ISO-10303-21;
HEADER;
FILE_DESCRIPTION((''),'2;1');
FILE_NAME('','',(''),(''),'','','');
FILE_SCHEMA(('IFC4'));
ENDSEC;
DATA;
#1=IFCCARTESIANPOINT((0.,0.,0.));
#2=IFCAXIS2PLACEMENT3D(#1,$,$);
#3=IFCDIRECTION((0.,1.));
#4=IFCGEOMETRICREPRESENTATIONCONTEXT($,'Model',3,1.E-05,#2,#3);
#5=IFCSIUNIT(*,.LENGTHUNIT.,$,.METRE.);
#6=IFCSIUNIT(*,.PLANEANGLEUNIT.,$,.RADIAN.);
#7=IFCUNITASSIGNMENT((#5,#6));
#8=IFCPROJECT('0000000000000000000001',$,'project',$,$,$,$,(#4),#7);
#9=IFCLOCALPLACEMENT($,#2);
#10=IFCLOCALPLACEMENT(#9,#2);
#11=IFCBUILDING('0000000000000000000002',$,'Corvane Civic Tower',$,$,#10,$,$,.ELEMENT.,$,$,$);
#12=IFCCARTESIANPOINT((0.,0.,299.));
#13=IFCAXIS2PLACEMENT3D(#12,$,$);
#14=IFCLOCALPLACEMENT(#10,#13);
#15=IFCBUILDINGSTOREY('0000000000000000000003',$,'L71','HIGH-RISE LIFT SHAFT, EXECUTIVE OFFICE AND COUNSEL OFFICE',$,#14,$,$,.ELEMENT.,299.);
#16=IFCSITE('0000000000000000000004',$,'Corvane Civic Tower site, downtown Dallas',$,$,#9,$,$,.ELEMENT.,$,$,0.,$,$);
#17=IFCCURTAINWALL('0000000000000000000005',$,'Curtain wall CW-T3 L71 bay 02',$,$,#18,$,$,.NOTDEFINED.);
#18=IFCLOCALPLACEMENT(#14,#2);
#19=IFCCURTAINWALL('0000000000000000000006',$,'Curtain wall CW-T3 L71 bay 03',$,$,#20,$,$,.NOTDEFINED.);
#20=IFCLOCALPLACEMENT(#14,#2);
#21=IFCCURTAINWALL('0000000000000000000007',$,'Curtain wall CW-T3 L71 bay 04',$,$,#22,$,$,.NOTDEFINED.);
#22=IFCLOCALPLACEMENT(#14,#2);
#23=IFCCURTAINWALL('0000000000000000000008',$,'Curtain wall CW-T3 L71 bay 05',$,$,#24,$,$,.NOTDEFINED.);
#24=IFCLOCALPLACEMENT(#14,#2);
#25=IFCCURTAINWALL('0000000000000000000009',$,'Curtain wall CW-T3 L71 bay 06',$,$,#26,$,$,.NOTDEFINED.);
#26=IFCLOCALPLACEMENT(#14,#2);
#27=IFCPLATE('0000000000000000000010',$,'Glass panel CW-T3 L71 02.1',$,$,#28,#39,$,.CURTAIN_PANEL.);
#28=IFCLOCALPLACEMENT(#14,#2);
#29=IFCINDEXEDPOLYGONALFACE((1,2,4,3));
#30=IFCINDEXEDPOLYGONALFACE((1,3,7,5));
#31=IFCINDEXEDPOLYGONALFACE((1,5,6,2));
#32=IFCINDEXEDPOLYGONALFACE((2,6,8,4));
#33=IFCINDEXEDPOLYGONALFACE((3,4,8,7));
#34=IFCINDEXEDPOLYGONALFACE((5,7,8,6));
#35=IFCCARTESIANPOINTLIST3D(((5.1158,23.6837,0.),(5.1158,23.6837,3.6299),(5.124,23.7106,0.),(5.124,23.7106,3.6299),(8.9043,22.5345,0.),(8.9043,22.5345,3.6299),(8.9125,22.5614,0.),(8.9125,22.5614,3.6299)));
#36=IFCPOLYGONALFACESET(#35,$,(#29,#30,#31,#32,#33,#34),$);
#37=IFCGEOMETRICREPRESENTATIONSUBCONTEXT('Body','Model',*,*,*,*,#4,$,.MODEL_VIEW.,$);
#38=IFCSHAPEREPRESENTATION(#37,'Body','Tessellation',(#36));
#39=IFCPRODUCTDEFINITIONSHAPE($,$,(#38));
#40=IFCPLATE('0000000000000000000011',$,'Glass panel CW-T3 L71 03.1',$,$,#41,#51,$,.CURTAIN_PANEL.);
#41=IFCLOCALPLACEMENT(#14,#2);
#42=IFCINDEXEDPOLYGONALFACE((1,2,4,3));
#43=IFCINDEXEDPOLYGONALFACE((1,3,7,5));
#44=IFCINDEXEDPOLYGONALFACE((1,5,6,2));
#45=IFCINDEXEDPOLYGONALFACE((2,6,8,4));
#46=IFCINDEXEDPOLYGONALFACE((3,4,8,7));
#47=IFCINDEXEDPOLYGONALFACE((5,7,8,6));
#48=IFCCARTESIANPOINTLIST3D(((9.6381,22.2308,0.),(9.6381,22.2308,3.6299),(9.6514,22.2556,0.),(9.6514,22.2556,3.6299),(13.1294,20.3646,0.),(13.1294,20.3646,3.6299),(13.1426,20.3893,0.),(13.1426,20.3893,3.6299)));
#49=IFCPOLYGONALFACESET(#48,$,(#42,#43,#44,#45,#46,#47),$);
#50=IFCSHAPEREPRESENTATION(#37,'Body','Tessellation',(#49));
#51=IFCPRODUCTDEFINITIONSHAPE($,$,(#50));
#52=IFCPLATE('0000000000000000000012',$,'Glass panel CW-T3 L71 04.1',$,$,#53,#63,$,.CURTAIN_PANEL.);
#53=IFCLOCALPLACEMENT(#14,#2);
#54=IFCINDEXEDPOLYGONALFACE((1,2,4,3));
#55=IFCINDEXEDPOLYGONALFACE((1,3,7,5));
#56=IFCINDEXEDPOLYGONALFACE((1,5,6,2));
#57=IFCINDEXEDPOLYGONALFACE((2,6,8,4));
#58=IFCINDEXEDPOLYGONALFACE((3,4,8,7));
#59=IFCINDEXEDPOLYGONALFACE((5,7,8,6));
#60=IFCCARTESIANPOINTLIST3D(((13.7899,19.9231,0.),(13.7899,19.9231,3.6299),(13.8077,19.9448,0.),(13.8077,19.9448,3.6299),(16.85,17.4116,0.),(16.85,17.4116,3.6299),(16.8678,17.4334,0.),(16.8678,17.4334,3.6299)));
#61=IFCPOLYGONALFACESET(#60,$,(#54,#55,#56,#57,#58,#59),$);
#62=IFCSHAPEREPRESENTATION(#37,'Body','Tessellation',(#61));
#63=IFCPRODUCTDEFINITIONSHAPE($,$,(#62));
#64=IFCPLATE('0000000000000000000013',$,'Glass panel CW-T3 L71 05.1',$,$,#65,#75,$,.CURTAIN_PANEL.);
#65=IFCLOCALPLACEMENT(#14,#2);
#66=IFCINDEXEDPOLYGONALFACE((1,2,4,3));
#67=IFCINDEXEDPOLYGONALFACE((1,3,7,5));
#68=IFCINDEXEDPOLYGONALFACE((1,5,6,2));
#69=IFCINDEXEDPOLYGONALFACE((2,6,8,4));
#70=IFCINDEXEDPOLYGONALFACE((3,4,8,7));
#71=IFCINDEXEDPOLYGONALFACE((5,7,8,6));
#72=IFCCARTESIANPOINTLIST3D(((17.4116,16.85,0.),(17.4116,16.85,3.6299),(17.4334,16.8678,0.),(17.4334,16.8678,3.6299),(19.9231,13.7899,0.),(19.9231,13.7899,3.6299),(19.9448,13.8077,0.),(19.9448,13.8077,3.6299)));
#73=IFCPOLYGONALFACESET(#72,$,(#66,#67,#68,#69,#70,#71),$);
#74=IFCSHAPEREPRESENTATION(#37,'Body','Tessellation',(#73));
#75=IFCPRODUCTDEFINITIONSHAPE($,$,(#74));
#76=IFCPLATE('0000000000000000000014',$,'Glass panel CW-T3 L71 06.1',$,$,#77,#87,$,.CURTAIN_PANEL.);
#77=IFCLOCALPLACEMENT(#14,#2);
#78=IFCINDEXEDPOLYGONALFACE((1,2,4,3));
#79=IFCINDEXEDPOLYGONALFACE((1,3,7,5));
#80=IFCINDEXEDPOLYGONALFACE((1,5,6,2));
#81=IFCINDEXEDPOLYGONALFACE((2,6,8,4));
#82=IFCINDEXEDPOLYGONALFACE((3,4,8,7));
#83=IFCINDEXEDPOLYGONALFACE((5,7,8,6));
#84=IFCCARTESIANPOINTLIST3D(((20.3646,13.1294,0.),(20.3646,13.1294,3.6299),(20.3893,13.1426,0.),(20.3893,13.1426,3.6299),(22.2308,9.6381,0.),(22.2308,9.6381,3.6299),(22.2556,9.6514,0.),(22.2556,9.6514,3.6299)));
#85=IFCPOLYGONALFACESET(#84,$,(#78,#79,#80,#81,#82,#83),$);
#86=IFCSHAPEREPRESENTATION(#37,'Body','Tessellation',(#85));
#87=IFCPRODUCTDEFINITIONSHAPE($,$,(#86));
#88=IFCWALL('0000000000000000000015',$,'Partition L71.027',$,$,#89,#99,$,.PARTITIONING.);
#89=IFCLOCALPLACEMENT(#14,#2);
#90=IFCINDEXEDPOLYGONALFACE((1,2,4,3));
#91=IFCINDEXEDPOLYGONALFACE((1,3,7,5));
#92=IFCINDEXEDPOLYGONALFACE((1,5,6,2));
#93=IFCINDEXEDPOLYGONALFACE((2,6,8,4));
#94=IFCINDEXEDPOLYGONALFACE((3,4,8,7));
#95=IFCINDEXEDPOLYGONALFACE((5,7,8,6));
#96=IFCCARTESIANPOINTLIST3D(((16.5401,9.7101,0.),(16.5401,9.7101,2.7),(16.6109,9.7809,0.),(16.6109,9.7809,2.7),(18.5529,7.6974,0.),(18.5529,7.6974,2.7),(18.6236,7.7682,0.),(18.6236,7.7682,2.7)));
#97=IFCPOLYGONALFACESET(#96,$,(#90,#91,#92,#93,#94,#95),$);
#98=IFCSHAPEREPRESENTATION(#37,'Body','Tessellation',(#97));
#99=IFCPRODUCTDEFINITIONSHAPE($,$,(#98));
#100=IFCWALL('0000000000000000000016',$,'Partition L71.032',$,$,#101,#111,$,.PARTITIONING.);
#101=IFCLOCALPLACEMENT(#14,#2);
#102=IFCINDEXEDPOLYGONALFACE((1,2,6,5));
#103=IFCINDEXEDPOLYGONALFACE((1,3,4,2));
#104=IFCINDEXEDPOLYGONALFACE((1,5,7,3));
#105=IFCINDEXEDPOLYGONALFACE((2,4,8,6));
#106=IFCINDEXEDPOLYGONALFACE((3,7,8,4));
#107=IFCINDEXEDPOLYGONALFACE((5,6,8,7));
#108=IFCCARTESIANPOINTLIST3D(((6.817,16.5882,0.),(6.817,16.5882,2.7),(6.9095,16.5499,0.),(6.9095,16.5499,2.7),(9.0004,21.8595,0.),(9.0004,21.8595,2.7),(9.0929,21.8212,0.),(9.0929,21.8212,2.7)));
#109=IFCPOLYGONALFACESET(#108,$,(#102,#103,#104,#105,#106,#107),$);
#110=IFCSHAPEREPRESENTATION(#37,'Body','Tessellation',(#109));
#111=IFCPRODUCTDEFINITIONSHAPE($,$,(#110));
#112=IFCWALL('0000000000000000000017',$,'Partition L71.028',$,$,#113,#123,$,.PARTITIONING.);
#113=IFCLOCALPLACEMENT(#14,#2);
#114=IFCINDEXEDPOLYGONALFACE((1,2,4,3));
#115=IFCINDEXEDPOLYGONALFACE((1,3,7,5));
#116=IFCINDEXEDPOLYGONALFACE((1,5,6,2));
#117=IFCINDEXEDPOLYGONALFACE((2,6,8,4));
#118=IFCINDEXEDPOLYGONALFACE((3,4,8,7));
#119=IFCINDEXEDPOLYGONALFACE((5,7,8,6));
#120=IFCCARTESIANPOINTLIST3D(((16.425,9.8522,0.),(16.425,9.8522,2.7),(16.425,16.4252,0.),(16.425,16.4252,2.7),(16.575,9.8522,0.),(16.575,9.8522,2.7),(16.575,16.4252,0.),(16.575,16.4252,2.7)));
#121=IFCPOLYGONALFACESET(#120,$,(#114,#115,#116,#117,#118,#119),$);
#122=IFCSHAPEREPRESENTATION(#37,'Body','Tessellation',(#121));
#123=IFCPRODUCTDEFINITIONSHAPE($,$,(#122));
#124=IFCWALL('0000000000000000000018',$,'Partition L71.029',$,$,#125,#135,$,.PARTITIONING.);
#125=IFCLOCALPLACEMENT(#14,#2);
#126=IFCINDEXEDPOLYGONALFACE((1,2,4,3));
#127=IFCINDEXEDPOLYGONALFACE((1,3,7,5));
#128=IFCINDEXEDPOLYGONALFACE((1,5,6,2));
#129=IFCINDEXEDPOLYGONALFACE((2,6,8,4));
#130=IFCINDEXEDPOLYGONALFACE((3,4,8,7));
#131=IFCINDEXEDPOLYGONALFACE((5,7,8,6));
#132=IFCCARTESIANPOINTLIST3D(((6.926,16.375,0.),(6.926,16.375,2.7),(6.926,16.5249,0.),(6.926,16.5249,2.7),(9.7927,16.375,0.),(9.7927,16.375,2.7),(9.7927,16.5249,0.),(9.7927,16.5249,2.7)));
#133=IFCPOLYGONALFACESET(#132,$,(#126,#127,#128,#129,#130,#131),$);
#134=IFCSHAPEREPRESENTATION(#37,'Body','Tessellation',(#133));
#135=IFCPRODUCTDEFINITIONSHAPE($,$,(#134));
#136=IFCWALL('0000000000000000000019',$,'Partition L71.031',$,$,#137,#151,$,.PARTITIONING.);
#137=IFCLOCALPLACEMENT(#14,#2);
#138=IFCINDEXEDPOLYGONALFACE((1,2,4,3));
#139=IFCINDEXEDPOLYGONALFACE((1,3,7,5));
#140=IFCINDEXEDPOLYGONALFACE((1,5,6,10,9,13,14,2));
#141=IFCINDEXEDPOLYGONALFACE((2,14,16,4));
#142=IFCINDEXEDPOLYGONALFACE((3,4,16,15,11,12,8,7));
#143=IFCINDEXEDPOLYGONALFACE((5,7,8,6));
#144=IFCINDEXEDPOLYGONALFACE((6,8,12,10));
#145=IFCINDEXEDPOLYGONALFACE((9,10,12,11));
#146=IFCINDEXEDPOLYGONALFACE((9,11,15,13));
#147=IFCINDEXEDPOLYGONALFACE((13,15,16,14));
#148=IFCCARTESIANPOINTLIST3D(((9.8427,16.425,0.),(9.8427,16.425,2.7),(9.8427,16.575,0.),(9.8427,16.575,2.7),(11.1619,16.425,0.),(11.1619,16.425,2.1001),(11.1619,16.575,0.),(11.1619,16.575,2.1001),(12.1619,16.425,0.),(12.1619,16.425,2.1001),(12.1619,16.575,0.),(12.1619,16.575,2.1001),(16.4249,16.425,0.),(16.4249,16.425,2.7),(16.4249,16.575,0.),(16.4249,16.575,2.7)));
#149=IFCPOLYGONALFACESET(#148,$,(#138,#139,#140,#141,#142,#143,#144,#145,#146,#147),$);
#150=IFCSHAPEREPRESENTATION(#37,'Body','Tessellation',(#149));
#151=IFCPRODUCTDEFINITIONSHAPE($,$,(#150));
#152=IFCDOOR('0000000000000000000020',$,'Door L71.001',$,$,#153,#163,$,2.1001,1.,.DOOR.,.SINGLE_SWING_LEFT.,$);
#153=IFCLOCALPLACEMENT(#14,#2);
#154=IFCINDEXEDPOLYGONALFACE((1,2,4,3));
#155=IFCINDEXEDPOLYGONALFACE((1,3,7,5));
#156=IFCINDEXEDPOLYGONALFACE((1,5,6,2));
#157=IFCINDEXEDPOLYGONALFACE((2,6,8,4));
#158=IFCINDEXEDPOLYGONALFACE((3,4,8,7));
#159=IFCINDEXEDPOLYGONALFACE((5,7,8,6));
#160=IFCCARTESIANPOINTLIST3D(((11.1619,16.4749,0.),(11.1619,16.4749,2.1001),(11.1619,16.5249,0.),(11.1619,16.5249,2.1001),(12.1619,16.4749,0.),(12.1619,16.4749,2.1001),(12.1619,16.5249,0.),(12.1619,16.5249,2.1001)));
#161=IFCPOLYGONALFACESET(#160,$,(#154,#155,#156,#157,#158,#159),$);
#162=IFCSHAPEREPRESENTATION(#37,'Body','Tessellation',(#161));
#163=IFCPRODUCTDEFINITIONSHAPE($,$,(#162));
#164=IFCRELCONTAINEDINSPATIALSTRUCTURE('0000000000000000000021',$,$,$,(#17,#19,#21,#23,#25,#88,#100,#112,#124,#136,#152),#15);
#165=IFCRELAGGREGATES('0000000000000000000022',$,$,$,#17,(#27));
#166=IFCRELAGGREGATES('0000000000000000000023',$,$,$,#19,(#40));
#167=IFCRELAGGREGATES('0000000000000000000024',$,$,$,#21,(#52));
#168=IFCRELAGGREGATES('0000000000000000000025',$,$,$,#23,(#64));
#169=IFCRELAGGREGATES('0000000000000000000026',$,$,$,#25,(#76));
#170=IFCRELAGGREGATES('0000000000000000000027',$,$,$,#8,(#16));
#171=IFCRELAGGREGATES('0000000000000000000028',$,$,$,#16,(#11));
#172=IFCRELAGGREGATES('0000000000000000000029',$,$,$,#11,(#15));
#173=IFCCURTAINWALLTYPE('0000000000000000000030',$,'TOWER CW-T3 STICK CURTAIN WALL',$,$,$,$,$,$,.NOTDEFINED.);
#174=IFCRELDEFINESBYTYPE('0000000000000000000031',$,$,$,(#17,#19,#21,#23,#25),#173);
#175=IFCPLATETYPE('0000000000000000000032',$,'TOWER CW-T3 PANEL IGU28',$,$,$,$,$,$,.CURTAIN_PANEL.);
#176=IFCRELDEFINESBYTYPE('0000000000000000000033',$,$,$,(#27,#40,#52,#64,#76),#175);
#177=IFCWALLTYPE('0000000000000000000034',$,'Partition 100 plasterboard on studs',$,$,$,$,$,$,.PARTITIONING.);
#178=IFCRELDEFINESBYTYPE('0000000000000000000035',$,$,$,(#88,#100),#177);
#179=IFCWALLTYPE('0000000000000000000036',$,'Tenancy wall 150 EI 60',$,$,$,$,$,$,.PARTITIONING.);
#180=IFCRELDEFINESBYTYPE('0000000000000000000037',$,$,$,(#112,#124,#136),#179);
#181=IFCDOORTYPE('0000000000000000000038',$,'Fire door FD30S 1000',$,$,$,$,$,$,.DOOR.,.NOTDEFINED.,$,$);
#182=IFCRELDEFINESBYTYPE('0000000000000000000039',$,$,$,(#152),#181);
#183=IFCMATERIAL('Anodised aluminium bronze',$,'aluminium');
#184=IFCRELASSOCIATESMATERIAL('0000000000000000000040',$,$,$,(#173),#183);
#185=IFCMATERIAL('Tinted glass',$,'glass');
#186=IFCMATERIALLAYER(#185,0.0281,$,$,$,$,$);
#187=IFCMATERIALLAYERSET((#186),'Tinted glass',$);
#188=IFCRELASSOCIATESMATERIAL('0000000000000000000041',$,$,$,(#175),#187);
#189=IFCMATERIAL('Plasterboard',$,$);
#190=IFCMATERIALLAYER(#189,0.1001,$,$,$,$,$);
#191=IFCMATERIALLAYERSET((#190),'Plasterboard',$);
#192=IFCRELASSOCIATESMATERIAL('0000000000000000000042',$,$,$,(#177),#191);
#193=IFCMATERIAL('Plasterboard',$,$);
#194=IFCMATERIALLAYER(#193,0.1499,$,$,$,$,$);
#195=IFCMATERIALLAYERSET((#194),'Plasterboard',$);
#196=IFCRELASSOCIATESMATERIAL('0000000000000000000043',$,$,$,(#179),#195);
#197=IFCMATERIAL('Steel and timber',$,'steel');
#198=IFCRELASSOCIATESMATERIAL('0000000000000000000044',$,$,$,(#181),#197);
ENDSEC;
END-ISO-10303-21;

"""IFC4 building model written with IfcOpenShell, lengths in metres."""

from ifc_helpers import new_model, si_unit, direction, frame, frame_2d, origin, origin_2d, place, context, subcontext, project, spatial, rectangle, extrude, material, layer, layer_set, type_object, element, fill, aggregate, save


model = new_model("IFC4")

# Units and contexts
model_context = context("Model", 3, precision=1e-05, world=origin(), true_north=direction((0.0, 1.0)))
body_context = subcontext(model_context, "Body", "Model", "MODEL_VIEW")
ifc_project = project(units=[si_unit("LENGTHUNIT", "METRE"), si_unit("PLANEANGLEUNIT", "RADIAN")], contexts=[model_context])

# Site, building, storey
site_placement = place(None, origin())
site = spatial("IfcSite", under=ifc_project, at=site_placement, Name="Corvane Civic Tower site, downtown Dallas", CompositionType="ELEMENT", RefElevation=0.0)
building_placement = place(site_placement, origin())
building = spatial("IfcBuilding", under=site, at=building_placement, Name="Corvane Civic Tower", CompositionType="ELEMENT")
storey_placement = place(building_placement, frame((0.0, 0.0, 299.0)))
storey = spatial("IfcBuildingStorey", under=building, at=storey_placement, Name="L71", Description="HIGH-RISE LIFT SHAFT, EXECUTIVE OFFICE AND COUNSEL OFFICE", CompositionType="ELEMENT", Elevation=299.0)

# Curtain walls
ifc_material_1 = material(Name="Anodised aluminium bronze", Category="aluminium")
curtain_wall_type = type_object("IfcCurtainWallType", Name="TOWER CW-T3 STICK CURTAIN WALL", PredefinedType="NOTDEFINED", material=ifc_material_1)
curtain_wall_1_placement = place(storey_placement, origin())
curtain_wall_1 = element("IfcCurtainWall", 1, at=curtain_wall_1_placement, inside=storey, type_object=curtain_wall_type, Name="Curtain wall CW-T3 L71 bay 02", PredefinedType="NOTDEFINED")
curtain_wall_2_placement = place(storey_placement, origin())
curtain_wall_2 = element("IfcCurtainWall", 2, at=curtain_wall_2_placement, inside=storey, type_object=curtain_wall_type, Name="Curtain wall CW-T3 L71 bay 03", PredefinedType="NOTDEFINED")
curtain_wall_3_placement = place(storey_placement, origin())
curtain_wall_3 = element("IfcCurtainWall", 3, at=curtain_wall_3_placement, inside=storey, type_object=curtain_wall_type, Name="Curtain wall CW-T3 L71 bay 04", PredefinedType="NOTDEFINED")
curtain_wall_4_placement = place(storey_placement, origin())
curtain_wall_4 = element("IfcCurtainWall", 4, at=curtain_wall_4_placement, inside=storey, type_object=curtain_wall_type, Name="Curtain wall CW-T3 L71 bay 05", PredefinedType="NOTDEFINED")
curtain_wall_5_placement = place(storey_placement, origin())
curtain_wall_5 = element("IfcCurtainWall", 5, at=curtain_wall_5_placement, inside=storey, type_object=curtain_wall_type, Name="Curtain wall CW-T3 L71 bay 06", PredefinedType="NOTDEFINED")

# Plates
ifc_material_2 = material(Name="Tinted glass", Category="glass")
ifc_layer_1 = layer(ifc_material_2, 0.0281)
ifc_layer_set_1 = layer_set([ifc_layer_1], Name="Tinted glass")
plate_type = type_object("IfcPlateType", Name="TOWER CW-T3 PANEL IGU28", PredefinedType="CURTAIN_PANEL", material=ifc_layer_set_1)
plate_1_placement = place(storey_placement, frame((7.0142, 23.1226, 0.0), z_axis=(0.0, 0.0, 1.0), x_axis=(0.956944, -0.290274, 0.0)))
plate_1 = element("IfcPlate", 6, at=plate_1_placement, type_object=plate_type, Name="Glass panel CW-T3 L71 02.1", PredefinedType="CURTAIN_PANEL", context=body_context, shape_type="SweptSolid", body=[
    extrude(rectangle(XDim=3.959, YDim=0.0281, at=origin_2d()), origin(), (0.0, 0.0, 1.0), 3.6299),
])
aggregate(curtain_wall_1, [plate_1])
plate_2_placement = place(storey_placement, frame((11.3904, 21.3101, 0.0), z_axis=(0.0, 0.0, 1.0), x_axis=(0.881908, -0.471421, 0.0)))
plate_2 = element("IfcPlate", 7, at=plate_2_placement, type_object=plate_type, Name="Glass panel CW-T3 L71 03.1", PredefinedType="CURTAIN_PANEL", context=body_context, shape_type="SweptSolid", body=[
    extrude(rectangle(XDim=3.9587, YDim=0.0281, at=origin_2d()), origin(), (0.0, 0.0, 1.0), 3.6299),
])
aggregate(curtain_wall_2, [plate_2])
plate_3_placement = place(storey_placement, frame((15.3289, 18.6782, 0.0), z_axis=(0.0, 0.0, 1.0), x_axis=(0.773001, -0.634405, 0.0)))
plate_3 = element("IfcPlate", 8, at=plate_3_placement, type_object=plate_type, Name="Glass panel CW-T3 L71 04.1", PredefinedType="CURTAIN_PANEL", context=body_context, shape_type="SweptSolid", body=[
    extrude(rectangle(XDim=3.9587, YDim=0.0281, at=origin_2d()), origin(), (0.0, 0.0, 1.0), 3.6299),
])
aggregate(curtain_wall_3, [plate_3])
plate_4_placement = place(storey_placement, frame((18.6782, 15.3289, 0.0), z_axis=(0.0, 0.0, 1.0), x_axis=(0.634405, -0.773001, 0.0)))
plate_4 = element("IfcPlate", 9, at=plate_4_placement, type_object=plate_type, Name="Glass panel CW-T3 L71 05.1", PredefinedType="CURTAIN_PANEL", context=body_context, shape_type="SweptSolid", body=[
    extrude(rectangle(XDim=3.9587, YDim=0.0281, at=origin_2d()), origin(), (0.0, 0.0, 1.0), 3.6299),
])
aggregate(curtain_wall_4, [plate_4])
plate_5_placement = place(storey_placement, frame((21.3101, 11.3904, 0.0), z_axis=(0.0, 0.0, 1.0), x_axis=(0.471421, -0.881908, 0.0)))
plate_5 = element("IfcPlate", 10, at=plate_5_placement, type_object=plate_type, Name="Glass panel CW-T3 L71 06.1", PredefinedType="CURTAIN_PANEL", context=body_context, shape_type="SweptSolid", body=[
    extrude(rectangle(XDim=3.9587, YDim=0.0281, at=origin_2d()), origin(), (0.0, 0.0, 1.0), 3.6299),
])
aggregate(curtain_wall_5, [plate_5])

# Walls
ifc_material_3 = material(Name="Plasterboard")
ifc_layer_2 = layer(ifc_material_3, 0.1001)
ifc_layer_set_2 = layer_set([ifc_layer_2], Name="Plasterboard")
wall_type_1 = type_object("IfcWallType", Name="Partition 100 plasterboard on studs", PredefinedType="PARTITIONING", material=ifc_layer_set_2)
wall_1_placement = place(storey_placement, frame((16.5754, 9.7456, 0.0), z_axis=(0.0, 0.0, 1.0), x_axis=(0.707107, -0.707107, 0.0)))
element("IfcWall", 11, at=wall_1_placement, inside=storey, type_object=wall_type_1, Name="Partition L71.027", PredefinedType="PARTITIONING", context=body_context, shape_type="SweptSolid", body=[
    extrude(rectangle(XDim=2.8464, YDim=0.1001, at=frame_2d((1.4233, 0.0))), origin(), (0.0, 0.0, 1.0), 2.7),
])
wall_2_placement = place(storey_placement, frame((6.8633, 16.5691, 0.0), z_axis=(0.0, 0.0, 1.0), x_axis=(0.382673, 0.923884, 0.0)))
element("IfcWall", 12, at=wall_2_placement, inside=storey, type_object=wall_type_1, Name="Partition L71.032", PredefinedType="PARTITIONING", context=body_context, shape_type="SweptSolid", body=[
    extrude(rectangle(XDim=5.7056, YDim=0.1001, at=frame_2d((2.8528, 0.0))), origin(), (0.0, 0.0, 1.0), 2.7),
])
ifc_material_4 = material(Name="Plasterboard")
ifc_layer_3 = layer(ifc_material_4, 0.1499)
ifc_layer_set_3 = layer_set([ifc_layer_3], Name="Plasterboard")
wall_type_2 = type_object("IfcWallType", Name="Tenancy wall 150 EI 60", PredefinedType="PARTITIONING", material=ifc_layer_set_3)
wall_3_placement = place(storey_placement, frame((16.5, 9.8521, 0.0), z_axis=(0.0, 0.0, 1.0), x_axis=(0.0, 1.0, 0.0)))
element("IfcWall", 13, at=wall_3_placement, inside=storey, type_object=wall_type_2, Name="Partition L71.028", PredefinedType="PARTITIONING", context=body_context, shape_type="SweptSolid", body=[
    extrude(rectangle(XDim=6.573, YDim=0.1499, at=frame_2d((3.2866, 0.0))), origin(), (0.0, 0.0, 1.0), 2.7),
])
wall_4_placement = place(storey_placement, frame((6.926, 16.45, 0.0), z_axis=(0.0, 0.0, 1.0), x_axis=(1.0, 0.0, 0.0)))
element("IfcWall", 14, at=wall_4_placement, inside=storey, type_object=wall_type_2, Name="Partition L71.029", PredefinedType="PARTITIONING", context=body_context, shape_type="SweptSolid", body=[
    extrude(rectangle(XDim=2.8667, YDim=0.1499, at=frame_2d((1.4333, 0.0))), origin(), (0.0, 0.0, 1.0), 2.7),
])

# Wall, opening, door
wall_5_placement = place(storey_placement, frame((9.8428, 16.5, 0.0), z_axis=(0.0, 0.0, 1.0), x_axis=(1.0, 0.0, 0.0)))
wall_5 = element("IfcWall", 15, at=wall_5_placement, inside=storey, type_object=wall_type_2, Name="Partition L71.031", PredefinedType="PARTITIONING", context=body_context, shape_type="SweptSolid", body=[
    extrude(rectangle(XDim=6.5823, YDim=0.1499, at=frame_2d((3.291, 0.0))), origin(), (0.0, 0.0, 1.0), 2.7),
])
opening_placement = place(wall_5_placement, frame((1.3191, 0.0, 0.0)))
opening = element("IfcOpeningElement", 16, at=opening_placement, cuts=wall_5, PredefinedType="OPENING", context=body_context, shape_type="SweptSolid", body=[
    extrude(rectangle(XDim=1.0, YDim=2.1001, at=frame_2d((0.5, 1.05))), frame((0.0, 0.085, 0.0), z_axis=(0.0, -1.0, 0.0), x_axis=(1.0, 0.0, 0.0)), (0.0, 0.0, 1.0), 0.1699),
])
ifc_material_5 = material(Name="Steel and timber", Category="steel")
door_type = type_object("IfcDoorType", Name="Fire door FD30S 1000", OperationType="NOTDEFINED", PredefinedType="DOOR", material=ifc_material_5)
door_placement = place(opening_placement, origin())
door = element("IfcDoor", 17, at=door_placement, inside=storey, type_object=door_type, Name="Door L71.001", OperationType="SINGLE_SWING_LEFT", OverallHeight=2.1001, OverallWidth=1.0, PredefinedType="DOOR", context=body_context, shape_type="SweptSolid", body=[
    extrude(rectangle(XDim=1.0, YDim=2.1001, at=frame_2d((0.5, 1.05))), frame((0.0, 0.0249, 0.0), z_axis=(0.0, -1.0, 0.0), x_axis=(1.0, 0.0, 0.0)), (0.0, 0.0, 1.0), 0.05),
])
fill(opening, door)

save(model, "model.ifc")
